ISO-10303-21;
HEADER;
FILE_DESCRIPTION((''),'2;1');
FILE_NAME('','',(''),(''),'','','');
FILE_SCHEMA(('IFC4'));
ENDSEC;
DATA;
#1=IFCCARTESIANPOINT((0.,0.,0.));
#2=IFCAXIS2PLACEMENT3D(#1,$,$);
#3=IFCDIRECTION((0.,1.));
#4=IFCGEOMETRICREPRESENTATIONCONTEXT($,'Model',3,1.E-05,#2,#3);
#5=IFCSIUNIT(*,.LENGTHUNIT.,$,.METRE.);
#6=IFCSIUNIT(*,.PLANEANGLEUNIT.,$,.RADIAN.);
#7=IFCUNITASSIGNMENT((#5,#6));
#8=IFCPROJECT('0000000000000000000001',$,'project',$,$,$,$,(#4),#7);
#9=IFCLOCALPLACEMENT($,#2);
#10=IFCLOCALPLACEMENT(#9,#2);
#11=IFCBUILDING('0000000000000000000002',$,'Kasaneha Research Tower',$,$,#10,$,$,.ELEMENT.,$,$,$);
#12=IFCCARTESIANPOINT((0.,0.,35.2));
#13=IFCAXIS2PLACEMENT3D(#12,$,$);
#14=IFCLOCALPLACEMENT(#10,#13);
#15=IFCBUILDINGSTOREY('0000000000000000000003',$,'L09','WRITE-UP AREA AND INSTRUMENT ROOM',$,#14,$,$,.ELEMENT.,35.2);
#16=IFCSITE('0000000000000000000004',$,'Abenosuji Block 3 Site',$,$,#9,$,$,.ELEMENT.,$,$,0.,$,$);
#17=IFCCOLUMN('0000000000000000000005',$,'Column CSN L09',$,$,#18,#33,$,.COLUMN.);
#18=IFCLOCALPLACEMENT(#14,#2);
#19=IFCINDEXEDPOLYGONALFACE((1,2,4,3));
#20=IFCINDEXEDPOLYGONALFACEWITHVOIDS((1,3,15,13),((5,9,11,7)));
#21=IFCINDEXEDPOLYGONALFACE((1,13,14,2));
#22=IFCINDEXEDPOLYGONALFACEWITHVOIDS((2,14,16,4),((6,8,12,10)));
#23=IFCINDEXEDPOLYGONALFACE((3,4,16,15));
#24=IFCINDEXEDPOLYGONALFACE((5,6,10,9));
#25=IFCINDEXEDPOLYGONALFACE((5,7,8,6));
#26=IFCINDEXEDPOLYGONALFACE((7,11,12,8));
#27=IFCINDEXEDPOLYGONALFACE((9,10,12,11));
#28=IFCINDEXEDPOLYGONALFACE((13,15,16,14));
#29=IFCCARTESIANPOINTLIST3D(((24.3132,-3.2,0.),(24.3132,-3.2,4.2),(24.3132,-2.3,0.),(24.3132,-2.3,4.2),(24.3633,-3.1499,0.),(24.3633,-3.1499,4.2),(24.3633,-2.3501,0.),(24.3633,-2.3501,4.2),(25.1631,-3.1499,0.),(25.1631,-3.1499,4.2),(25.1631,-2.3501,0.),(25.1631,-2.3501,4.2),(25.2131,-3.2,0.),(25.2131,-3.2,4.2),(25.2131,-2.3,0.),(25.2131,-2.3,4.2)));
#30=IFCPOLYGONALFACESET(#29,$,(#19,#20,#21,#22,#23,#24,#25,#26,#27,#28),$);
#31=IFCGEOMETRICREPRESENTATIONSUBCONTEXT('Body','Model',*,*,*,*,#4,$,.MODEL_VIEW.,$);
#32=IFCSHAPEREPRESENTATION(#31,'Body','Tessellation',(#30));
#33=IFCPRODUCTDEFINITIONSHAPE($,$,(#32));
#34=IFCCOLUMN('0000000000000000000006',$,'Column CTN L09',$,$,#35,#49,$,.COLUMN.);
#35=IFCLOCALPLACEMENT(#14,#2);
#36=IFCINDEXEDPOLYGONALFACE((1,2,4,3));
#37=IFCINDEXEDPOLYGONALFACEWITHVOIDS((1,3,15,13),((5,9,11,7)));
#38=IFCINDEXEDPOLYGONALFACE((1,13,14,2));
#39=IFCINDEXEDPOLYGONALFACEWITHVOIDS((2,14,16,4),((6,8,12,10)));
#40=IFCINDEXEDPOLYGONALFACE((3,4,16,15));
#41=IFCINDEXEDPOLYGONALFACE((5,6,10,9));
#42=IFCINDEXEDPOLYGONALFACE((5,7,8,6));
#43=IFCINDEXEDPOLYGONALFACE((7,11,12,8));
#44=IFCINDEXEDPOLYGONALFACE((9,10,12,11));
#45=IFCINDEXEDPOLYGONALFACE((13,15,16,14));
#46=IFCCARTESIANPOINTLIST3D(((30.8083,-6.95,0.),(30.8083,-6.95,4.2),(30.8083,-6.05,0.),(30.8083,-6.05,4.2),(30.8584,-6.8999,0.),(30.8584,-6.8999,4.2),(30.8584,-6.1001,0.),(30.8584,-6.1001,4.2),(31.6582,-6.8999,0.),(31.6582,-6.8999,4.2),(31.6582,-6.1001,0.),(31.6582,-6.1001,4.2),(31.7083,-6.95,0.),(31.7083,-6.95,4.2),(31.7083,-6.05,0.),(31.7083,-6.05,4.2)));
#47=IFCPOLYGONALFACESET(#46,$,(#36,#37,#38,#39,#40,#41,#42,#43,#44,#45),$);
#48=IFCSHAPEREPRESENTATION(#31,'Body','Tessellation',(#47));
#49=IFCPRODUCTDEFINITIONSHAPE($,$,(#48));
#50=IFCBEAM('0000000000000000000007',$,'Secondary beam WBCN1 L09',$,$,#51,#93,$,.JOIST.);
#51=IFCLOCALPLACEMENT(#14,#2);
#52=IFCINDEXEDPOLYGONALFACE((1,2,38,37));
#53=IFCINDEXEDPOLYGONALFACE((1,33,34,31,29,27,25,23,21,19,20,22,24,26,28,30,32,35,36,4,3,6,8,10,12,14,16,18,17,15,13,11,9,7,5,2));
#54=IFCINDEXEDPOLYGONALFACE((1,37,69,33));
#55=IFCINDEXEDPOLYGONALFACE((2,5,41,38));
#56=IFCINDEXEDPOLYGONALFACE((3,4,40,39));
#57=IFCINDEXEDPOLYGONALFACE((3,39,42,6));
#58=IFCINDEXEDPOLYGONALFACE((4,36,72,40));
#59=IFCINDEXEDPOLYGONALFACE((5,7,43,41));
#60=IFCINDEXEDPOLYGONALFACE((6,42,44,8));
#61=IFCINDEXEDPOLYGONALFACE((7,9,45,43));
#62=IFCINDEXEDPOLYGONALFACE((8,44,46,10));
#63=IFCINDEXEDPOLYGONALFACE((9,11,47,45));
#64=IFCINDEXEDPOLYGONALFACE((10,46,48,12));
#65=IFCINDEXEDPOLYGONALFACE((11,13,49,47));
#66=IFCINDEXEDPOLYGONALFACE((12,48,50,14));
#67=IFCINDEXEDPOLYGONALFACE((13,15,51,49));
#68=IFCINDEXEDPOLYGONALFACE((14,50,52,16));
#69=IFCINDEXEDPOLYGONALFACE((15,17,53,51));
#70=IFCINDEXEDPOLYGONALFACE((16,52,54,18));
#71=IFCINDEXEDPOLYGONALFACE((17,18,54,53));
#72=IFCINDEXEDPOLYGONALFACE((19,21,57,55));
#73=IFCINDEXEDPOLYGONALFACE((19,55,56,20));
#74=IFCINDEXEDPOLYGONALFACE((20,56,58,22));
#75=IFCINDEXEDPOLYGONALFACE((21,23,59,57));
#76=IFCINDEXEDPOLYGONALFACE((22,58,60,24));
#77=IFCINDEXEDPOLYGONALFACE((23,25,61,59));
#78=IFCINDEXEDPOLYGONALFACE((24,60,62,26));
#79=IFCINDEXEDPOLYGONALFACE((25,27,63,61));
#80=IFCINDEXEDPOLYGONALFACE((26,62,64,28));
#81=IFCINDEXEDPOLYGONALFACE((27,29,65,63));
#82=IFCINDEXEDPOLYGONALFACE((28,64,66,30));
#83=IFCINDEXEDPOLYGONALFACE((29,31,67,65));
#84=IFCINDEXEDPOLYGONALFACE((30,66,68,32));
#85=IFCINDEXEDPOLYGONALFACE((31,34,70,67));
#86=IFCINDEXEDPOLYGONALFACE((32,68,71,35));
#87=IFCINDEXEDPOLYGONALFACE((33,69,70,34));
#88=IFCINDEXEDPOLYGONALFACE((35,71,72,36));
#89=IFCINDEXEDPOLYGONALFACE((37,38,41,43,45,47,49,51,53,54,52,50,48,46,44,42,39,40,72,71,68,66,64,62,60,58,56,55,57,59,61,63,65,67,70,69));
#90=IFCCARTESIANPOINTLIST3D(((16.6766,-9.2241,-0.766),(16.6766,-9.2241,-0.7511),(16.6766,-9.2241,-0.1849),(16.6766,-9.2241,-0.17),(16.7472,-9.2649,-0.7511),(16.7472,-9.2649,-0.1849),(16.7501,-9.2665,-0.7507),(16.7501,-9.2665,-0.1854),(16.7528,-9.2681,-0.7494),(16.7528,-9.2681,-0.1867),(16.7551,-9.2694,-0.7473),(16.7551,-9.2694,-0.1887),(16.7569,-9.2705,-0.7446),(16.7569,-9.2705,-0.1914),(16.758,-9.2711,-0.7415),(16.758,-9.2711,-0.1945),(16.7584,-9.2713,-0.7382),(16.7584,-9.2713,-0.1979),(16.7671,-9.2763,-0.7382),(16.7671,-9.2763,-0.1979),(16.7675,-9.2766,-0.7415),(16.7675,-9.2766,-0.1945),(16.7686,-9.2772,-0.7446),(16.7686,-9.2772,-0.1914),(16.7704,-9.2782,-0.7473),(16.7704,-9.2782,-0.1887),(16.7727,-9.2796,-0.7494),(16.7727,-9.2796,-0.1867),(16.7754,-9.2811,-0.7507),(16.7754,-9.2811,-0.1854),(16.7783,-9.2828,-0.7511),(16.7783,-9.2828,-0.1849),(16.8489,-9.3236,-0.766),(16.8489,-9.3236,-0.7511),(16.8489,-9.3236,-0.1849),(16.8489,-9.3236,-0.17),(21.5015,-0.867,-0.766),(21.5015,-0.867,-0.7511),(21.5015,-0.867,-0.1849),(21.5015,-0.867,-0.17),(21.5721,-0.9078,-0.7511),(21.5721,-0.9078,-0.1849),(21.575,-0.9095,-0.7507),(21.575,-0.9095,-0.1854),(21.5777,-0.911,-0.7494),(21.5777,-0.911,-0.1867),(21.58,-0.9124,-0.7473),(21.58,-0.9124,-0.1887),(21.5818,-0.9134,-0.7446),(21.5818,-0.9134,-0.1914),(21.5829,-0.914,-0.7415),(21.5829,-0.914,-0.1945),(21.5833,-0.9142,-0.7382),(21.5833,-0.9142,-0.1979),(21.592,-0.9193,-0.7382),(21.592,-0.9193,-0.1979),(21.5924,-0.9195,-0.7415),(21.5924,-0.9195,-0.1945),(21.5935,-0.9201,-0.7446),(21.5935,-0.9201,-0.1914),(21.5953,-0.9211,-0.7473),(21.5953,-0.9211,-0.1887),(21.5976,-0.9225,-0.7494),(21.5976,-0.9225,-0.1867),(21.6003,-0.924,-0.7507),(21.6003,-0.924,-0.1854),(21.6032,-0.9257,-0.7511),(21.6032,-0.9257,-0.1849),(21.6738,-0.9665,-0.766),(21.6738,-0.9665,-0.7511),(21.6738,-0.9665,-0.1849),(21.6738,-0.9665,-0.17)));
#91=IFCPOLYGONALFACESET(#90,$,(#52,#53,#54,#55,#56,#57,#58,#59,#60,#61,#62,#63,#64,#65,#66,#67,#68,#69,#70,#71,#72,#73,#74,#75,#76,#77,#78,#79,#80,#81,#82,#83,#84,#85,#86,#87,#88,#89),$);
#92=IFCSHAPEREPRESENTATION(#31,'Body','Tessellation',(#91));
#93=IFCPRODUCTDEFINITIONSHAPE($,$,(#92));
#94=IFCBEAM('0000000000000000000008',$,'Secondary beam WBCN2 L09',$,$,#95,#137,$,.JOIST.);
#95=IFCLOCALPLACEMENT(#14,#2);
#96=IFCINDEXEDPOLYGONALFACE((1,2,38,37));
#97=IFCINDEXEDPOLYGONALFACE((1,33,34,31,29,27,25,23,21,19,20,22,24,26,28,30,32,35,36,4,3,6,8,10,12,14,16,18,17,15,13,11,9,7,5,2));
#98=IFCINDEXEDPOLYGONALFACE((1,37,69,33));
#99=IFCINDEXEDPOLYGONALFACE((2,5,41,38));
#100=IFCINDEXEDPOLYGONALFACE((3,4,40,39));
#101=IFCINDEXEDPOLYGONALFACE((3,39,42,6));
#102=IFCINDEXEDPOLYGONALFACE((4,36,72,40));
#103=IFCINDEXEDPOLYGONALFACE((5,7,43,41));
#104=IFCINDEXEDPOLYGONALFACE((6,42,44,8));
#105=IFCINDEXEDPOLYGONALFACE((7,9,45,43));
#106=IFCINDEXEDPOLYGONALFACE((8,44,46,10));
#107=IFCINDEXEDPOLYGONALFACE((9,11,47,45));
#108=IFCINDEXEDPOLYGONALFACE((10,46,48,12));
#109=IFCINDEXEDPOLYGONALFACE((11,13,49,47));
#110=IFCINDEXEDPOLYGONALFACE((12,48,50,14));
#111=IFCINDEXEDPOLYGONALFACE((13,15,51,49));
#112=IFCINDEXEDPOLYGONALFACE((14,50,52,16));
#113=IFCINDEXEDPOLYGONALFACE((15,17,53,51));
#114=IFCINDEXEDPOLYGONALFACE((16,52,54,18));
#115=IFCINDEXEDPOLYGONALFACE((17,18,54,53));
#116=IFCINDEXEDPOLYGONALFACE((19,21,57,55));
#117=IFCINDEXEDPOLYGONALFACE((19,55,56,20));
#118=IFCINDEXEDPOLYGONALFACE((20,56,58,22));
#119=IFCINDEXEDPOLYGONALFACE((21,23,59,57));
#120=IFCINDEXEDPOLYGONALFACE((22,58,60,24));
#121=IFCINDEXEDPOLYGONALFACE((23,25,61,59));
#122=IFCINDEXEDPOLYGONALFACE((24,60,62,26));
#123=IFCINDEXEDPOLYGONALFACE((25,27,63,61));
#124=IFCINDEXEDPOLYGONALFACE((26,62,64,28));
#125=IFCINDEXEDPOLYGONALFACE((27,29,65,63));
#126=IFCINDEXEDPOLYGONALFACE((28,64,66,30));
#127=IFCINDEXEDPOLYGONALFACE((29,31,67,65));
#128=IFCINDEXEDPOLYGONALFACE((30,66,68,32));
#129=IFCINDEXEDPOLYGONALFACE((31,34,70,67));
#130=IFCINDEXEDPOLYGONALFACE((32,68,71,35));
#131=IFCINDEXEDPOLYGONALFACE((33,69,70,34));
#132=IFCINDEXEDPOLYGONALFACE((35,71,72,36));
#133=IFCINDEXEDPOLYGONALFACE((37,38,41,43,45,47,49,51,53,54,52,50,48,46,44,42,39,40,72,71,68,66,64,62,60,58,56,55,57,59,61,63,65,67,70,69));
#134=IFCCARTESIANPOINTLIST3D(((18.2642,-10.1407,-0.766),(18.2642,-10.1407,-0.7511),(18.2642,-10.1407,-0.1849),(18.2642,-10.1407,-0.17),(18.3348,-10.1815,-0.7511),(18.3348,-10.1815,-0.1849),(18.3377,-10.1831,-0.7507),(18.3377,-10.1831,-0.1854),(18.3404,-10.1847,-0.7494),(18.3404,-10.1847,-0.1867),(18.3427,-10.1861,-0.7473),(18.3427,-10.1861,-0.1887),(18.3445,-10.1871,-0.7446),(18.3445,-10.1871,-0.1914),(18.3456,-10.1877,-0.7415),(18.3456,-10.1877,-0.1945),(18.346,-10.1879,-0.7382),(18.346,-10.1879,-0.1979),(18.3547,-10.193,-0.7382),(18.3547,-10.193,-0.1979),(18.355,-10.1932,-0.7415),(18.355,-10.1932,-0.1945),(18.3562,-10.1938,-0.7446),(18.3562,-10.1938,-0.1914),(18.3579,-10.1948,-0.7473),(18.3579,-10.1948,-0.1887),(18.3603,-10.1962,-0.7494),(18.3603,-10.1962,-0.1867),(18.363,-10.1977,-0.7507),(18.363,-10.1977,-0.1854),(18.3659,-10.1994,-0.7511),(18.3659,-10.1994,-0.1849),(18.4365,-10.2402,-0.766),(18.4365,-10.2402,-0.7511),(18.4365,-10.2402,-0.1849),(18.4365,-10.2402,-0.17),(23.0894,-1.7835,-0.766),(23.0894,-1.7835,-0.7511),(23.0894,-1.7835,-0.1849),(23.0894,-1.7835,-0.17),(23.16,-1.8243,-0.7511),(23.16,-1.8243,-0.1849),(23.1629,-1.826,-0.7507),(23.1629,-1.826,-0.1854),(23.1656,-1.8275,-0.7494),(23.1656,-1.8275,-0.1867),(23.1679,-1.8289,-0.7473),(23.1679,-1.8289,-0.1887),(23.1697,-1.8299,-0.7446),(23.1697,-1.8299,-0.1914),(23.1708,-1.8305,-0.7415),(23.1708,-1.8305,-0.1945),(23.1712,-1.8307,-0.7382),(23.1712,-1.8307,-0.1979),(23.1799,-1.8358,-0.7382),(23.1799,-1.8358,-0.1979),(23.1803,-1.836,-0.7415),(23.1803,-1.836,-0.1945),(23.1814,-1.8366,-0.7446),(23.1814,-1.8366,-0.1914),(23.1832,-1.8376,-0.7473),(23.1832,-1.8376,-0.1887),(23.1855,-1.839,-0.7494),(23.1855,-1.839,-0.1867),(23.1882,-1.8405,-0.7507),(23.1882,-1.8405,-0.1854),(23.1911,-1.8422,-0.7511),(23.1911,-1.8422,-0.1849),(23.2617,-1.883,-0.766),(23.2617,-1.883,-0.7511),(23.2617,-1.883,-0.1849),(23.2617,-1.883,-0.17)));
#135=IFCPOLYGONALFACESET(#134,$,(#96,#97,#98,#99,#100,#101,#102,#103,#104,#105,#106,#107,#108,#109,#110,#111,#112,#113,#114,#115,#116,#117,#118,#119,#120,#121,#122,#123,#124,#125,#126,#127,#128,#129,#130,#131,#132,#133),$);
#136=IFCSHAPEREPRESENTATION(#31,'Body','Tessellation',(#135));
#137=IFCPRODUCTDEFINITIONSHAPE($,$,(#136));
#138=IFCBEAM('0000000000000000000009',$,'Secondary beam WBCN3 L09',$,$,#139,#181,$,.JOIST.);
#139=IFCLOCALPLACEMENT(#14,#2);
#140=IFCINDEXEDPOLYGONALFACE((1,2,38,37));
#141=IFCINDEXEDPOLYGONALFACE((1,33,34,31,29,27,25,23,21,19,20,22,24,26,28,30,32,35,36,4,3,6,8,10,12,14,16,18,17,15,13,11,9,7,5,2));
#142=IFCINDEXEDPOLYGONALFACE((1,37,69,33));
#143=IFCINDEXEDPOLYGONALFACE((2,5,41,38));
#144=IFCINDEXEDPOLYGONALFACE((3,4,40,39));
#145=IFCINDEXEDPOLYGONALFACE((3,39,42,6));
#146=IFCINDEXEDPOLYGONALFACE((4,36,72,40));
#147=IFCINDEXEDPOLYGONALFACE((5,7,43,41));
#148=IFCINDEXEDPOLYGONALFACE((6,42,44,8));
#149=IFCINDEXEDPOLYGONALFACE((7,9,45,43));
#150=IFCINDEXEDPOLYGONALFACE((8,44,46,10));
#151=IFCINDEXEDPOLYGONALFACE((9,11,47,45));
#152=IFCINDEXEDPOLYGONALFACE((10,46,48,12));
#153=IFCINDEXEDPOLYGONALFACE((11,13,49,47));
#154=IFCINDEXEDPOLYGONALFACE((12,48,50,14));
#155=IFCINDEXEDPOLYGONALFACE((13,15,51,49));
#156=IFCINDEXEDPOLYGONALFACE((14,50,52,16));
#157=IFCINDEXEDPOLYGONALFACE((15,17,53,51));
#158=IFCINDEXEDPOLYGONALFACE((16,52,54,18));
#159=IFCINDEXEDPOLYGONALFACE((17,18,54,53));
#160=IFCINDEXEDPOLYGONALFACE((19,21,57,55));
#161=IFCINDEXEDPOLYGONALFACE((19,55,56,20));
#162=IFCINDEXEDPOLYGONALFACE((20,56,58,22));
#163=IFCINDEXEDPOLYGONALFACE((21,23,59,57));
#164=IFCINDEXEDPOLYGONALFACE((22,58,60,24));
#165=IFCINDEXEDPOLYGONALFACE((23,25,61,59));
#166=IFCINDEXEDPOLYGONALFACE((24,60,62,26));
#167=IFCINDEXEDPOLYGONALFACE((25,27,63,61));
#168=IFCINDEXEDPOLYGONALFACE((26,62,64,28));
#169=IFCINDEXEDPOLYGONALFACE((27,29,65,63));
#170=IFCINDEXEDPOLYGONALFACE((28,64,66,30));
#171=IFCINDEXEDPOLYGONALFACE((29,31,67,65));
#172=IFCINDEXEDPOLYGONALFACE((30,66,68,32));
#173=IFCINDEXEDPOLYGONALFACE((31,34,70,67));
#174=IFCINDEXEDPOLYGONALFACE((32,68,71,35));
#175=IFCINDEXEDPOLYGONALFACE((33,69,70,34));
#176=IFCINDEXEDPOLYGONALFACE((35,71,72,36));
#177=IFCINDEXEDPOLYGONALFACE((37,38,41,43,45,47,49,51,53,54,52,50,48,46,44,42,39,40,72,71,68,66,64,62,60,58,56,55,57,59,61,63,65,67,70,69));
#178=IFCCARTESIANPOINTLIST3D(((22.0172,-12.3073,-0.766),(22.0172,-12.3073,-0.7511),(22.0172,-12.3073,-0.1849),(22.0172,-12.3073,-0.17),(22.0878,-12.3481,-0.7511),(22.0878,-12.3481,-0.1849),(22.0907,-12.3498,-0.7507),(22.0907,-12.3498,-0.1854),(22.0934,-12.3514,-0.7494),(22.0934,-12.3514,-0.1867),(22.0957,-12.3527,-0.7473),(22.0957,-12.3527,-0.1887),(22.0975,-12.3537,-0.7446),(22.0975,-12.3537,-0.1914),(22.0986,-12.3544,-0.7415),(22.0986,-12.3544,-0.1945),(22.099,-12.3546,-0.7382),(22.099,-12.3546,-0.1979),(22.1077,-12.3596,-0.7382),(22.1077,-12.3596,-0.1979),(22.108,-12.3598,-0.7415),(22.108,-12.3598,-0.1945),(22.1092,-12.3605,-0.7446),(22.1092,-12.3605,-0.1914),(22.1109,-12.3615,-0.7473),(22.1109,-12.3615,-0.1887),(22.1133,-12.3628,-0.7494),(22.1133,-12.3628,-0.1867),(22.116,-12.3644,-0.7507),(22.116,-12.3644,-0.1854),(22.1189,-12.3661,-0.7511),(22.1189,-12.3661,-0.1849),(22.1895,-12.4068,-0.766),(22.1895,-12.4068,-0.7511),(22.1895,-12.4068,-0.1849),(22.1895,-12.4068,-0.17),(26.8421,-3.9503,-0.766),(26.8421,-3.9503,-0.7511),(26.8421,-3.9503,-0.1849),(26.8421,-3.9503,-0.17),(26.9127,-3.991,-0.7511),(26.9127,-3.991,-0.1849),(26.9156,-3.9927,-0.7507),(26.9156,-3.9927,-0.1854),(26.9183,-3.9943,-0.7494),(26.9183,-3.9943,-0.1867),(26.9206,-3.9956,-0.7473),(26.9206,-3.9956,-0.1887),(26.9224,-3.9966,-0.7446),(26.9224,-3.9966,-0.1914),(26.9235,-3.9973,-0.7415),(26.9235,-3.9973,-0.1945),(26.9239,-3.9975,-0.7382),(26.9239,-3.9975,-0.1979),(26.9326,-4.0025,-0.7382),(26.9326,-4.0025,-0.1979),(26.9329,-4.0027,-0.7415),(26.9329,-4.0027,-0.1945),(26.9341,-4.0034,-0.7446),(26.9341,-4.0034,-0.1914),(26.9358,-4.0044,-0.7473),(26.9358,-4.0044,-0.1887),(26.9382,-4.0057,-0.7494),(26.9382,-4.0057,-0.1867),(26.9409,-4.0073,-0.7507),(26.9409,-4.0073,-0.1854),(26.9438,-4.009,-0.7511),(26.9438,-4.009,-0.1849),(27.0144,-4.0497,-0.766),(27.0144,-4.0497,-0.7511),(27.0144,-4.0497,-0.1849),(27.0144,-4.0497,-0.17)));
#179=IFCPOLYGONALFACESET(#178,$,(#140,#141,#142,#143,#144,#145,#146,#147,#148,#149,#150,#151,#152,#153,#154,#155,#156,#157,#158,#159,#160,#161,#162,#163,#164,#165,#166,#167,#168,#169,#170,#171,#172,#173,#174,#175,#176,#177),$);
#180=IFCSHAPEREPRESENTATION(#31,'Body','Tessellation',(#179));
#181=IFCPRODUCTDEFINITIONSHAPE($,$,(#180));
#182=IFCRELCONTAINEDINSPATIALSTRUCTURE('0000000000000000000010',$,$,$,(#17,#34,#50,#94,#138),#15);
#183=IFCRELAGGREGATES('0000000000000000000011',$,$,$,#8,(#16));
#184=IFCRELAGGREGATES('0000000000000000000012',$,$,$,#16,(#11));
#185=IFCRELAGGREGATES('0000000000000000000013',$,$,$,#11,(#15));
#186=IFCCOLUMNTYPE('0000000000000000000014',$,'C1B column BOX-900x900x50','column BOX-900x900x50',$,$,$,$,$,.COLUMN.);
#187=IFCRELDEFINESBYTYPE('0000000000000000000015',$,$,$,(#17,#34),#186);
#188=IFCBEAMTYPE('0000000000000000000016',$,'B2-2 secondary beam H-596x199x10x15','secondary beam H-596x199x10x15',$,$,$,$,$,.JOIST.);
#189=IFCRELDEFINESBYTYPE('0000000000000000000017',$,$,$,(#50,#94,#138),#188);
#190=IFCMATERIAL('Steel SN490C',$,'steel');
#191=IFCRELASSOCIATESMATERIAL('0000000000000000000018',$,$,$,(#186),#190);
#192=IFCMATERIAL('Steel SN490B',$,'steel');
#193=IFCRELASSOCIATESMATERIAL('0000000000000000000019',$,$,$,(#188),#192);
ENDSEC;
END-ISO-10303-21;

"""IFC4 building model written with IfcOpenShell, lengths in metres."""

from ifc_helpers import new_model, si_unit, direction, frame, origin, origin_2d, place, context, subcontext, project, spatial, hollow_rectangle, i_section, extrude, material, material_profile, profile_set, type_object, element, save


model = new_model("IFC4")

# Units and contexts
model_context = context("Model", 3, precision=1e-05, world=origin(), true_north=direction((0.0, 1.0)))
body_context = subcontext(model_context, "Body", "Model", "MODEL_VIEW")
ifc_project = project(units=[si_unit("LENGTHUNIT", "METRE"), si_unit("PLANEANGLEUNIT", "RADIAN")], contexts=[model_context])

# Site, building, storey
site_placement = place(None, origin())
site = spatial("IfcSite", under=ifc_project, at=site_placement, Name="Abenosuji Block 3 Site", CompositionType="ELEMENT", RefElevation=0.0)
building_placement = place(site_placement, origin())
building = spatial("IfcBuilding", under=site, at=building_placement, Name="Kasaneha Research Tower", CompositionType="ELEMENT")
storey_placement = place(building_placement, frame((0.0, 0.0, 35.2)))
storey = spatial("IfcBuildingStorey", under=building, at=storey_placement, Name="L09", Description="WRITE-UP AREA AND INSTRUMENT ROOM", CompositionType="ELEMENT", Elevation=35.2)

# Columns
ifc_material_1 = material(Name="Steel SN490C", Category="steel")
ifc_material_profile_1 = material_profile(ifc_material_1, hollow_rectangle(XDim=0.8999, YDim=0.8999, WallThickness=0.05, at=origin_2d()), Name="BOX-900x900x50")
ifc_profile_set_1 = profile_set([ifc_material_profile_1], Name="Steel SN490C")
column_type = type_object("IfcColumnType", Name="C1B column BOX-900x900x50", Description="column BOX-900x900x50", PredefinedType="COLUMN", material=ifc_profile_set_1)
for number, where, z_axis, x_axis, name in (
    (1, (24.7632, -2.75, 0.0), (0.0, 0.0, 1.0), (1.0, 0.0, 0.0), "Column CSN L09"),
    (2, (31.2583, -6.5, 0.0), (0.0, 0.0, 1.0), (1.0, 0.0, 0.0), "Column CTN L09"),
):
    element("IfcColumn", number, at=place(storey_placement, frame(where, z_axis=z_axis, x_axis=x_axis)), inside=storey, type_object=column_type, Name=name, PredefinedType="COLUMN", context=body_context, shape_type="SweptSolid", body=[
        extrude(hollow_rectangle(XDim=0.8999, YDim=0.8999, WallThickness=0.05, at=origin_2d()), origin(), (0.0, 0.0, 1.0), 4.2),
    ])

# Beams
ifc_material_2 = material(Name="Steel SN490B", Category="steel")
ifc_material_profile_2 = material_profile(ifc_material_2, i_section(OverallWidth=0.199, OverallDepth=0.5959, WebThickness=0.01, FlangeThickness=0.0149, FilletRadius=0.0129, at=origin_2d()), Name="H-596x199x10x15")
ifc_profile_set_2 = profile_set([ifc_material_profile_2], Name="Steel SN490B")
beam_type_1 = type_object("IfcBeamType", Name="B2-2 secondary beam H-596x199x10x15", Description="secondary beam H-596x199x10x15", PredefinedType="JOIST", material=ifc_profile_set_2)
beam_1_placement = place(storey_placement, frame((21.5876, -0.9167, -0.468), z_axis=(-0.499995, -0.866028, 0.0), x_axis=(0.866028, -0.499995, 0.0)))
element("IfcBeam", 3, at=beam_1_placement, inside=storey, type_object=beam_type_1, Name="Secondary beam WBCN1 L09", PredefinedType="JOIST", context=body_context, shape_type="SweptSolid", body=[
    extrude(i_section(OverallWidth=0.199, OverallDepth=0.5959, WebThickness=0.01, FlangeThickness=0.0149, FilletRadius=0.0129, at=origin_2d()), origin(), (0.0, 0.0, 1.0), 9.6499),
])
beam_2_placement = place(storey_placement, frame((23.1755, -1.8333, -0.468), z_axis=(-0.500014, -0.866017, 0.0), x_axis=(0.866017, -0.500014, 0.0)))
element("IfcBeam", 4, at=beam_2_placement, inside=storey, type_object=beam_type_1, Name="Secondary beam WBCN2 L09", PredefinedType="JOIST", context=body_context, shape_type="SweptSolid", body=[
    extrude(i_section(OverallWidth=0.199, OverallDepth=0.5959, WebThickness=0.01, FlangeThickness=0.0149, FilletRadius=0.0129, at=origin_2d()), origin(), (0.0, 0.0, 1.0), 9.6501),
])
for number, where, z_axis, x_axis, name in (
    (5, (26.9282, -4.0, -0.468), (-0.499995, -0.866028, 0.0), (0.866028, -0.499995, 0.0), "Secondary beam WBCN3 L09"),
):
    element("IfcBeam", number, at=place(storey_placement, frame(where, z_axis=z_axis, x_axis=x_axis)), inside=storey, type_object=beam_type_1, Name=name, PredefinedType="JOIST", context=body_context, shape_type="SweptSolid", body=[
        extrude(i_section(OverallWidth=0.199, OverallDepth=0.5959, WebThickness=0.01, FlangeThickness=0.0149, FilletRadius=0.0129, at=origin_2d()), origin(), (0.0, 0.0, 1.0), 9.6499),
    ])

save(model, "model.ifc")
